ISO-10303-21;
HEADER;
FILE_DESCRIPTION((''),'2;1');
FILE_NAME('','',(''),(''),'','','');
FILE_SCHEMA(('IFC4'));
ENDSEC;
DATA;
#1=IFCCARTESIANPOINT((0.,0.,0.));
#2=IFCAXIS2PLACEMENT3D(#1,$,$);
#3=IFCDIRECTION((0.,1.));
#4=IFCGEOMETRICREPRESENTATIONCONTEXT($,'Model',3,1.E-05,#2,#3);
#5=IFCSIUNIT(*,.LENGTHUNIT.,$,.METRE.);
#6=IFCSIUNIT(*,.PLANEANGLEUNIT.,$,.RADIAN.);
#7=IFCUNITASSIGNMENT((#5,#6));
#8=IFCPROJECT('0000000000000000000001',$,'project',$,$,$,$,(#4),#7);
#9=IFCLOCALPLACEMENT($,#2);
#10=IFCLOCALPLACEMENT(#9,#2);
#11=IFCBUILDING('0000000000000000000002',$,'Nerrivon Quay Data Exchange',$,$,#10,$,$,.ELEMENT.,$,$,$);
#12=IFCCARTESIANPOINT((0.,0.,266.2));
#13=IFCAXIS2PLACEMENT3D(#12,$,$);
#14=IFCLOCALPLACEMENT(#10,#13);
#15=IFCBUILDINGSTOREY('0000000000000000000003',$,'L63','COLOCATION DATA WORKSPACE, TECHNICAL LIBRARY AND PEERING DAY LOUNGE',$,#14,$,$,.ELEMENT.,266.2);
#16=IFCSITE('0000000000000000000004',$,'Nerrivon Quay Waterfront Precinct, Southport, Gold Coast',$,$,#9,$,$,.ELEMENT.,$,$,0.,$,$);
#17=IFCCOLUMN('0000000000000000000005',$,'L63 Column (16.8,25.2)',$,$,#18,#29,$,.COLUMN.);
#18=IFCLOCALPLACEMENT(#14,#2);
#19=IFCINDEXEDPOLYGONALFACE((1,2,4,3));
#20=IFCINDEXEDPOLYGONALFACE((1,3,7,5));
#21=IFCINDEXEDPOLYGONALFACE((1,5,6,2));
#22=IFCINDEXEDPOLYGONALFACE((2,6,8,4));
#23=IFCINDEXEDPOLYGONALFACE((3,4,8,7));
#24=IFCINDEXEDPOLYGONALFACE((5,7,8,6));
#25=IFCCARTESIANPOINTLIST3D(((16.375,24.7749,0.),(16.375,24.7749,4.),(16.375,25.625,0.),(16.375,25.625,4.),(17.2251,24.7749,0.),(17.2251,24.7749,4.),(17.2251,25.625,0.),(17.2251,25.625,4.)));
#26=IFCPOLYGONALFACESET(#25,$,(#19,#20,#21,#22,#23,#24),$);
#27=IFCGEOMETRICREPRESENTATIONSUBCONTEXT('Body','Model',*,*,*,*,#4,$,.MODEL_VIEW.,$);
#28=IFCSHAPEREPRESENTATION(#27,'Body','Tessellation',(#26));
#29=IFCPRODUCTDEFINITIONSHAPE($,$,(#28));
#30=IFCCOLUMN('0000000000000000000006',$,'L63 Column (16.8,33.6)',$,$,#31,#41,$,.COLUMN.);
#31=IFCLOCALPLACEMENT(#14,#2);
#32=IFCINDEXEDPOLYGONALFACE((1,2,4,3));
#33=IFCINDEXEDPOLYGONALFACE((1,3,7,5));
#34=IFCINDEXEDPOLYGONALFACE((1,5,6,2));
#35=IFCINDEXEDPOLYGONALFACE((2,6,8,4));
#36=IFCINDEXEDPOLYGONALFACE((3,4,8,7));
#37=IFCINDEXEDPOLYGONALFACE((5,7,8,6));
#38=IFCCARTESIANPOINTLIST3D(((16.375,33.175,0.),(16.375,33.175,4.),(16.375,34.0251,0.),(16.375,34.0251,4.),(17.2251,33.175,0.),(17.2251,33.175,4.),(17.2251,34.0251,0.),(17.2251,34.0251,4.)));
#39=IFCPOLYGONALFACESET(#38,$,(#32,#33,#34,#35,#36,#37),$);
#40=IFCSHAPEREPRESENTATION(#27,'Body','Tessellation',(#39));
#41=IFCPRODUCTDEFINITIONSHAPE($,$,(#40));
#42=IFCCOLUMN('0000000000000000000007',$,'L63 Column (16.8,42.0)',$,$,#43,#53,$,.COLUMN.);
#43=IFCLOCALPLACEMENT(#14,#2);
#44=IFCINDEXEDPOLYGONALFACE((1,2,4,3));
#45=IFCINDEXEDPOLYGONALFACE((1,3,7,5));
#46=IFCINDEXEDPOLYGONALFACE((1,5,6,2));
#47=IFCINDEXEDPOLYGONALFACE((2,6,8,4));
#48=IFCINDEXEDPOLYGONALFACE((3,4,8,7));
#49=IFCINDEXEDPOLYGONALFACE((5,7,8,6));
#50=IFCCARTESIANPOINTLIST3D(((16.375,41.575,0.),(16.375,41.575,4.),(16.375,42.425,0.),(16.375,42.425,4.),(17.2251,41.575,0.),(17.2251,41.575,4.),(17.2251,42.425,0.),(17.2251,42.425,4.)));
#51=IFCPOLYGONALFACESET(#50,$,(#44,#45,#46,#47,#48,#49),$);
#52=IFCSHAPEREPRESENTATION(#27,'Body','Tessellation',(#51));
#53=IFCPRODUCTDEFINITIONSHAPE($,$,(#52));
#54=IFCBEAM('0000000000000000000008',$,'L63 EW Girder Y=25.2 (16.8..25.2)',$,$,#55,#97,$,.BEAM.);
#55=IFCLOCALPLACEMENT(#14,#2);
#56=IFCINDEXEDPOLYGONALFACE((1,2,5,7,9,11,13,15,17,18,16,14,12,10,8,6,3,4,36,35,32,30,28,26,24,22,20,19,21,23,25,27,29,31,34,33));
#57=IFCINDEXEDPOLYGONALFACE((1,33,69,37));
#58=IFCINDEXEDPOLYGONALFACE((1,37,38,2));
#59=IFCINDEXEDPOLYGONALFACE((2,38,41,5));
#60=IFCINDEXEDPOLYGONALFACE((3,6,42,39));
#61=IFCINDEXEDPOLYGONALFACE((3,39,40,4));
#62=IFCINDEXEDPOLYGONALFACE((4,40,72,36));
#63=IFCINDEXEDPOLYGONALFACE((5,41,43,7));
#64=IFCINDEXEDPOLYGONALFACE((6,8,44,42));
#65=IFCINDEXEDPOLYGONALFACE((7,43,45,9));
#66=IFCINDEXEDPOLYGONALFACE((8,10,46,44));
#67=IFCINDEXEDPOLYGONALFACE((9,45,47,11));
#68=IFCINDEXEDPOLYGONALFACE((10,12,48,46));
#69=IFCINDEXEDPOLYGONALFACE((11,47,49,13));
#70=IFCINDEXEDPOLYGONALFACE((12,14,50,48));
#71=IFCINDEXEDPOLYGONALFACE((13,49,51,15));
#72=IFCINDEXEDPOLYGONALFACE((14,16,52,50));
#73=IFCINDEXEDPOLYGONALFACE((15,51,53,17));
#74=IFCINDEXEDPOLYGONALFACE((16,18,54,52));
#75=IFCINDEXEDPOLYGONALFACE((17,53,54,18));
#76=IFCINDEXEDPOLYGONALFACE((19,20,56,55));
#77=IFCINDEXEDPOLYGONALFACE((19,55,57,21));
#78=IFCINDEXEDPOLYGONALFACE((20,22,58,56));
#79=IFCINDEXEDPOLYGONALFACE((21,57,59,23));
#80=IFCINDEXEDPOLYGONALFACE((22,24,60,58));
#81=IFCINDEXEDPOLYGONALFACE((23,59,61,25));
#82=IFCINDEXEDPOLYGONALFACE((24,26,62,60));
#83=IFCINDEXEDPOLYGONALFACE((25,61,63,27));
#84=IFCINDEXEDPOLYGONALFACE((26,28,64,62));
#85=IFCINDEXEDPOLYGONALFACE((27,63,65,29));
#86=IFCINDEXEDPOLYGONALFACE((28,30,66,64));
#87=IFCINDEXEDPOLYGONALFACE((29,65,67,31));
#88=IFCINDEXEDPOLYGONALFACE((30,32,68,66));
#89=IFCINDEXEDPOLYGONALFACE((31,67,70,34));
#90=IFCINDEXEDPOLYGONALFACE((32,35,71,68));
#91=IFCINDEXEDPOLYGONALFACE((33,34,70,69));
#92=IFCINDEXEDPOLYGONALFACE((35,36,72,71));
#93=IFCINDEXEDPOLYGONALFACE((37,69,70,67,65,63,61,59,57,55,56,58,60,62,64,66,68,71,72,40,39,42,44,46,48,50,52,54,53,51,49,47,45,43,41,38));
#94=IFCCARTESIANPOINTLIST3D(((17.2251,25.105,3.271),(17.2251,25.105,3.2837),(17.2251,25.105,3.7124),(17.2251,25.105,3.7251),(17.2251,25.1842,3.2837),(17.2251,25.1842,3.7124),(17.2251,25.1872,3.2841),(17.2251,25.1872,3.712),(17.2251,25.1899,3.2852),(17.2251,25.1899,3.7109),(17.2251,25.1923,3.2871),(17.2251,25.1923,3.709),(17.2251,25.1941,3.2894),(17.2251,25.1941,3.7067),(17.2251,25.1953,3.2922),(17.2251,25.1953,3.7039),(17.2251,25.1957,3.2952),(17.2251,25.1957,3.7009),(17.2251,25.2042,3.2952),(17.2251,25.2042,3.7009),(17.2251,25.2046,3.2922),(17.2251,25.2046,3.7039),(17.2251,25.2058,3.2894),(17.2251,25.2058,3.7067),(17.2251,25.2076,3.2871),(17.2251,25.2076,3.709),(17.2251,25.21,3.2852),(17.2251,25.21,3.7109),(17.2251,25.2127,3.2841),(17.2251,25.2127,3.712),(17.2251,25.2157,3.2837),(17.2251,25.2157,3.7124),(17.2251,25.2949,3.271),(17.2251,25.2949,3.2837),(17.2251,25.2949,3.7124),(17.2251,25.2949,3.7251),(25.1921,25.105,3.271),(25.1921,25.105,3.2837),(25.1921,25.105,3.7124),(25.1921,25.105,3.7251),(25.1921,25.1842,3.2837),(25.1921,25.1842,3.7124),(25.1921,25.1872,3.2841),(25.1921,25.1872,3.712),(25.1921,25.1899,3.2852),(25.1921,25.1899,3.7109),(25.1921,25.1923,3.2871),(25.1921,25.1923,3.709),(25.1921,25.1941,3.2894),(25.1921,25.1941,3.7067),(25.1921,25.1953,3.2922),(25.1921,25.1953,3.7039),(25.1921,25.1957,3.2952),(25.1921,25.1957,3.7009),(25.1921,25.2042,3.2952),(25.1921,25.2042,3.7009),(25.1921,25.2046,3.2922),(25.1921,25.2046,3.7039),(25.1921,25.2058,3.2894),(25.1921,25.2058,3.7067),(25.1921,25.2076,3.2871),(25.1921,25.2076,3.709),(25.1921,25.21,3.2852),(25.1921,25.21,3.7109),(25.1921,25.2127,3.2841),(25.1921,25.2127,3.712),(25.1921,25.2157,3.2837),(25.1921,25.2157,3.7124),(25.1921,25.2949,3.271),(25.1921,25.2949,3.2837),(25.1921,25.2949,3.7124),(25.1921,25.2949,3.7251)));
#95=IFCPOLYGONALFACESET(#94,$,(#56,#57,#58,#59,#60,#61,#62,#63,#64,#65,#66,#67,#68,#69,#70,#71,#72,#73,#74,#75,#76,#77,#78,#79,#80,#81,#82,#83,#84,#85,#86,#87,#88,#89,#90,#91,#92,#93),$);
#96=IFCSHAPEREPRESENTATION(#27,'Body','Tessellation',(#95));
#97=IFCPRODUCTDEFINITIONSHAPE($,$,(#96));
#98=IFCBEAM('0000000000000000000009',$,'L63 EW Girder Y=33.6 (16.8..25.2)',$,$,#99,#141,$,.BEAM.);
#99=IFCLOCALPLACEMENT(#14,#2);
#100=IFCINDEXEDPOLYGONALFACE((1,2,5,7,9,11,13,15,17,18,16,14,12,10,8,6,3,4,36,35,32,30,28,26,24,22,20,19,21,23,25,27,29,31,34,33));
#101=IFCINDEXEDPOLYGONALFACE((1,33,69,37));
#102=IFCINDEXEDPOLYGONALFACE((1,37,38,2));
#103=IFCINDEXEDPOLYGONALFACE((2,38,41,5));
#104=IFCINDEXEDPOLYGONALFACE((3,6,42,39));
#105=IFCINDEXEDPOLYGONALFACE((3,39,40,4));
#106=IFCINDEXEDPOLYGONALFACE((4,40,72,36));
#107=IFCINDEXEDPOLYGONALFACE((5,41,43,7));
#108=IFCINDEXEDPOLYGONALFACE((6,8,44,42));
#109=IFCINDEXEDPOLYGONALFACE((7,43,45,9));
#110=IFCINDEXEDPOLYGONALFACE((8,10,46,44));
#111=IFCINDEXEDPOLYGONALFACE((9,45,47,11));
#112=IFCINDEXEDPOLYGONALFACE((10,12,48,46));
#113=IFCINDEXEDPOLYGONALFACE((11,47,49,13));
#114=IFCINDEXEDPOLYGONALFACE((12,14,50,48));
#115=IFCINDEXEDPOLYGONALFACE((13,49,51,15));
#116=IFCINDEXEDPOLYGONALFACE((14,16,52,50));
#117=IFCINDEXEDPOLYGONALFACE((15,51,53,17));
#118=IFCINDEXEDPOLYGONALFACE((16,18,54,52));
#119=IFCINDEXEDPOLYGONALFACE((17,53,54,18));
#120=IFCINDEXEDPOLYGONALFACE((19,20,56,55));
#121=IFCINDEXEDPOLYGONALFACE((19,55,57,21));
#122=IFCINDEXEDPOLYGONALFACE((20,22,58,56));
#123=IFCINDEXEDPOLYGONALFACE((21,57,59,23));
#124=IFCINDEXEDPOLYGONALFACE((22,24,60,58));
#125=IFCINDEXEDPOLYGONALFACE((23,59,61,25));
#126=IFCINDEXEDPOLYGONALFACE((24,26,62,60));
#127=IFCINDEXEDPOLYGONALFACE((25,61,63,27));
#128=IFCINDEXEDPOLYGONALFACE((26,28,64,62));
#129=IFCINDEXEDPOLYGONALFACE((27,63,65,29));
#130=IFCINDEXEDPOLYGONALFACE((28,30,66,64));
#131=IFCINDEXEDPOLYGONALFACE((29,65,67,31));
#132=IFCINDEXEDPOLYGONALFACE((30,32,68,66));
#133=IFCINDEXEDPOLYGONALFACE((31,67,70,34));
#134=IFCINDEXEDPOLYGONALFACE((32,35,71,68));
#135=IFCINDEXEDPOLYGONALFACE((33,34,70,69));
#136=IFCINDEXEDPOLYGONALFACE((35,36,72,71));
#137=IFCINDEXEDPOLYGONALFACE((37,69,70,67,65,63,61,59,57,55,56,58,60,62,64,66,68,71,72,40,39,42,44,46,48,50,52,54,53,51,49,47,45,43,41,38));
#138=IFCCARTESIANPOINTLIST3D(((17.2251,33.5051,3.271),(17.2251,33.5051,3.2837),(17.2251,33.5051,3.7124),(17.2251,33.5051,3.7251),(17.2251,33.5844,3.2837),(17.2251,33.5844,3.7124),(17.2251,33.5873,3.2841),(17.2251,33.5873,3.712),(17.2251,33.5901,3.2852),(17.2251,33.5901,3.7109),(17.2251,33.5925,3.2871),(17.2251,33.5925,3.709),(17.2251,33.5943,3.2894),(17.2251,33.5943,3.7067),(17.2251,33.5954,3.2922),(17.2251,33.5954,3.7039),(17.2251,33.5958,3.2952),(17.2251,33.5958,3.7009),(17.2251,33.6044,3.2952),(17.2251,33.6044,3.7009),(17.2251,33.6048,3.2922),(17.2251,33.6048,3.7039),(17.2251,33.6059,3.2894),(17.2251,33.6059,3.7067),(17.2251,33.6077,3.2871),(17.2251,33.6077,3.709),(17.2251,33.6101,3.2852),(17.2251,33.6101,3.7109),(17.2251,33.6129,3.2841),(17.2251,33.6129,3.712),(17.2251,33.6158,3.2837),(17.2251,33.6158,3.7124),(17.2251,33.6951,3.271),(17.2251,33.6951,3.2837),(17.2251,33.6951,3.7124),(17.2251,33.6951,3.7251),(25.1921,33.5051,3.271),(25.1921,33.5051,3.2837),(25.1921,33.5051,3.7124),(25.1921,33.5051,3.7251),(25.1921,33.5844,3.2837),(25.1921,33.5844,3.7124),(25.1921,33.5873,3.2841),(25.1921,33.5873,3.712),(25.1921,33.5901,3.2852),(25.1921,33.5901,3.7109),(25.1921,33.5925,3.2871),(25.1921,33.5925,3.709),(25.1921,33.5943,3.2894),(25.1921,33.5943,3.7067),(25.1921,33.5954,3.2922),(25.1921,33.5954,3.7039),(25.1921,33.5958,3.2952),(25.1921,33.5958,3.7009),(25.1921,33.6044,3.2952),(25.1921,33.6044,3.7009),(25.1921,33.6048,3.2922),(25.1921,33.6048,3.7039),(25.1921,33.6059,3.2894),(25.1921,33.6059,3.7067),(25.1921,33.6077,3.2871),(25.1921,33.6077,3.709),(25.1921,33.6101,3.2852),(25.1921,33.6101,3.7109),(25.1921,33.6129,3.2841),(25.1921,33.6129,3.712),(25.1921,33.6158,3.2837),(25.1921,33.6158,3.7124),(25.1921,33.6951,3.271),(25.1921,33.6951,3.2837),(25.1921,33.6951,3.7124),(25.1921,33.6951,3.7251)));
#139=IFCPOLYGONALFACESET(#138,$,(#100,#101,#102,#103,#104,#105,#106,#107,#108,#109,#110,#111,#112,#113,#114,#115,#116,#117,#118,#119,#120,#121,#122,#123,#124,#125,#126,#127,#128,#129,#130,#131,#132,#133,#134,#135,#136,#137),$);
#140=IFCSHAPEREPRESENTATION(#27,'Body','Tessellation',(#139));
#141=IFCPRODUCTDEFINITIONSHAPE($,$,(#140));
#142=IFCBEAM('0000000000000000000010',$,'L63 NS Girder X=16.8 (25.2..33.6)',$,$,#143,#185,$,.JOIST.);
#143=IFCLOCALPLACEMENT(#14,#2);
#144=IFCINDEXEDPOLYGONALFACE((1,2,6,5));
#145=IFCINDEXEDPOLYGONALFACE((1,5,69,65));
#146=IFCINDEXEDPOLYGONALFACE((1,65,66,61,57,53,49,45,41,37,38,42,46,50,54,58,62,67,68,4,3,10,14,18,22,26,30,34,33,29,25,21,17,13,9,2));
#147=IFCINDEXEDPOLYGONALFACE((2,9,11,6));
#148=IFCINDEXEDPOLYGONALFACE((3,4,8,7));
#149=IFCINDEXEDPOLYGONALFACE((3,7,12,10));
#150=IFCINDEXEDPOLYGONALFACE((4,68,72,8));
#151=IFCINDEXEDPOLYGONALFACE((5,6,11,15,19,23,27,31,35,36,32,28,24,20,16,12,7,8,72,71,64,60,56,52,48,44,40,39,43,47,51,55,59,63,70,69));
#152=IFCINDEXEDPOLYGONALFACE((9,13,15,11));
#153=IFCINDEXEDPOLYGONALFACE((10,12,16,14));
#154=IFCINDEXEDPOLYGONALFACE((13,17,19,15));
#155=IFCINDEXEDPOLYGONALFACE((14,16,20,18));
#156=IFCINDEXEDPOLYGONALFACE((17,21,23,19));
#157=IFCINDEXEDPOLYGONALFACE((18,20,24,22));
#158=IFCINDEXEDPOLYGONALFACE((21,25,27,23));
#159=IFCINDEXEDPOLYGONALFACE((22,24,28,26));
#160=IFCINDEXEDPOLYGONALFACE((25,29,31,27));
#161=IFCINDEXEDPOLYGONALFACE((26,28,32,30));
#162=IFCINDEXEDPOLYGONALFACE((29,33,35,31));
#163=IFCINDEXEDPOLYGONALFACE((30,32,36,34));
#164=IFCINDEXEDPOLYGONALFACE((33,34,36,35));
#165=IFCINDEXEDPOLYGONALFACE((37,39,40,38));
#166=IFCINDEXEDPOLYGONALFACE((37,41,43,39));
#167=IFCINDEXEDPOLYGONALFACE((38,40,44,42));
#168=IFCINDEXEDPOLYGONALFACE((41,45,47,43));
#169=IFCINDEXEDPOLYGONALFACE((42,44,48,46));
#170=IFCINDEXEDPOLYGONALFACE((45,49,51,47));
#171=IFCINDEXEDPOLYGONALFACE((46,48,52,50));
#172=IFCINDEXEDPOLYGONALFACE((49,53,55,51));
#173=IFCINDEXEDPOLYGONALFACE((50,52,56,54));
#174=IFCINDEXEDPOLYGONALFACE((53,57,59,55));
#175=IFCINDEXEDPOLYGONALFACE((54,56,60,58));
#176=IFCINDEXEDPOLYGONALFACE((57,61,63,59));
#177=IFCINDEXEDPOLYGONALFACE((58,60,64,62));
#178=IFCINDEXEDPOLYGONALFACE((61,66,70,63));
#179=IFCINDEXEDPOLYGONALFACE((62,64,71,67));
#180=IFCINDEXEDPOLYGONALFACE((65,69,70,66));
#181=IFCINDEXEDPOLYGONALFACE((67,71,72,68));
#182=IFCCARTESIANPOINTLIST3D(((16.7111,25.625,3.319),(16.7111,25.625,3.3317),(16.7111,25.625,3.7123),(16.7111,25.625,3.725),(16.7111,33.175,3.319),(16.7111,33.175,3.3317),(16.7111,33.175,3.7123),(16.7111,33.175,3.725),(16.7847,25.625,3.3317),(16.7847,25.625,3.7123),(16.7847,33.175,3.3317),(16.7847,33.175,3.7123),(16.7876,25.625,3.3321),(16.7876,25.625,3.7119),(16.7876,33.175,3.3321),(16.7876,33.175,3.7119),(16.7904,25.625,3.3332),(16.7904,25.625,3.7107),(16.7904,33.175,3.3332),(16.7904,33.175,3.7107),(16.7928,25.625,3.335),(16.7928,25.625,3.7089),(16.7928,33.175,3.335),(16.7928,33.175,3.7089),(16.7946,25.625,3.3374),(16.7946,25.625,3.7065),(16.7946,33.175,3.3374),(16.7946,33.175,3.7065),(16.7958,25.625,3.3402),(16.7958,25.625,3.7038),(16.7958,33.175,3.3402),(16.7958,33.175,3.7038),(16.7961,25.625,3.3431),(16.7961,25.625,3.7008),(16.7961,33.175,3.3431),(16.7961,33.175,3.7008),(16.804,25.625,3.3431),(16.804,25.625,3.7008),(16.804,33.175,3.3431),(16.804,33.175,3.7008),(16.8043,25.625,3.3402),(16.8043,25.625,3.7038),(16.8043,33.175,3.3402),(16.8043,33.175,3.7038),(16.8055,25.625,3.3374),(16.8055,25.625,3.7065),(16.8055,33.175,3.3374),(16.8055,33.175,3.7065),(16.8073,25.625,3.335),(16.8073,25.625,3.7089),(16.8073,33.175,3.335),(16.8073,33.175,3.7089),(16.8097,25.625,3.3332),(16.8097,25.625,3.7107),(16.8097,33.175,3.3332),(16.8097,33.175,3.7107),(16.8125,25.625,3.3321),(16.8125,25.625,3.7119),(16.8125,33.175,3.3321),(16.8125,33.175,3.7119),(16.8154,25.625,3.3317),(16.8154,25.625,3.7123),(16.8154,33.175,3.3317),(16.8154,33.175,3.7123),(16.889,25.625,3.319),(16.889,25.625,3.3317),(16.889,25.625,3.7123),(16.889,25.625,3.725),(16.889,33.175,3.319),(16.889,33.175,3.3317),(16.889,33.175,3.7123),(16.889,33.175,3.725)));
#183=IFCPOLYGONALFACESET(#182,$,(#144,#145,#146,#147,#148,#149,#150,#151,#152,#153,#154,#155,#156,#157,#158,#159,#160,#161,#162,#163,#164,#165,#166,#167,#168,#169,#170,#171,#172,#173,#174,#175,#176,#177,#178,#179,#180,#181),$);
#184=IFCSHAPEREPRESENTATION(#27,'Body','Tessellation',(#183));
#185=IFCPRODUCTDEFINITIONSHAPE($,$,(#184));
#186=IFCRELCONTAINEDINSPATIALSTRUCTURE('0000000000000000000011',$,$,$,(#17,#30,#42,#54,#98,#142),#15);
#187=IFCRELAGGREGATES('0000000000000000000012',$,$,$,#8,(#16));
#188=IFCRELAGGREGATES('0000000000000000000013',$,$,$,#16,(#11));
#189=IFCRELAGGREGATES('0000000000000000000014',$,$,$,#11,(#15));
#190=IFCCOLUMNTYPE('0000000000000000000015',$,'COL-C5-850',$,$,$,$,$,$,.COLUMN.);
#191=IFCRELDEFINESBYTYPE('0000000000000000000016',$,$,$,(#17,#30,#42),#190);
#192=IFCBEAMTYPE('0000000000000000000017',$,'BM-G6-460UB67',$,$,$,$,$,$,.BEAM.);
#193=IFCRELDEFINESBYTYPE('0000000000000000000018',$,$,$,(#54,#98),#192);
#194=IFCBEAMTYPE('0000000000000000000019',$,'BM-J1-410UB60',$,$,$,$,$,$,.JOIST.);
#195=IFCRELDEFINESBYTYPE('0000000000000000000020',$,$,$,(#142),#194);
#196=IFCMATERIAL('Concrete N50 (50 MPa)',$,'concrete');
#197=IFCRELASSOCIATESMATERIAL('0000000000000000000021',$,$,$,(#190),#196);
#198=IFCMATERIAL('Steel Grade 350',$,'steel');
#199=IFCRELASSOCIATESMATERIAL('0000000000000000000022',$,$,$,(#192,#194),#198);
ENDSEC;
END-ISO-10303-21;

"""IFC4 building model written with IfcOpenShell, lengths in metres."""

from ifc_helpers import new_model, si_unit, direction, frame, origin, origin_2d, place, context, subcontext, project, spatial, rectangle, i_section, extrude, material, material_profile, profile_set, type_object, element, save


model = new_model("IFC4")

# Units and contexts
model_context = context("Model", 3, precision=1e-05, world=origin(), true_north=direction((0.0, 1.0)))
body_context = subcontext(model_context, "Body", "Model", "MODEL_VIEW")
ifc_project = project(units=[si_unit("LENGTHUNIT", "METRE"), si_unit("PLANEANGLEUNIT", "RADIAN")], contexts=[model_context])

# Site, building, storey
site_placement = place(None, origin())
site = spatial("IfcSite", under=ifc_project, at=site_placement, Name="Nerrivon Quay Waterfront Precinct, Southport, Gold Coast", CompositionType="ELEMENT", RefElevation=0.0)
building_placement = place(site_placement, origin())
building = spatial("IfcBuilding", under=site, at=building_placement, Name="Nerrivon Quay Data Exchange", CompositionType="ELEMENT")
storey_placement = place(building_placement, frame((0.0, 0.0, 266.2)))
storey = spatial("IfcBuildingStorey", under=building, at=storey_placement, Name="L63", Description="COLOCATION DATA WORKSPACE, TECHNICAL LIBRARY AND PEERING DAY LOUNGE", CompositionType="ELEMENT", Elevation=266.2)

# Columns
ifc_material_1 = material(Name="Concrete N50 (50 MPa)", Category="concrete")
ifc_material_profile_1 = material_profile(ifc_material_1, rectangle(XDim=0.8501, YDim=0.8501, at=origin_2d()), Name="RC-COL-850x850")
ifc_profile_set_1 = profile_set([ifc_material_profile_1], Name="Concrete N50 (50 MPa)")
column_type = type_object("IfcColumnType", Name="COL-C5-850", PredefinedType="COLUMN", material=ifc_profile_set_1)
for number, where, z_axis, x_axis, name in (
    (1, (16.8, 25.2, 0.0), (0.0, 0.0, 1.0), (1.0, 0.0, 0.0), "L63 Column (16.8,25.2)"),
    (2, (16.8, 33.6001, 0.0), (0.0, 0.0, 1.0), (1.0, 0.0, 0.0), "L63 Column (16.8,33.6)"),
    (3, (16.8, 42.0, 0.0), (0.0, 0.0, 1.0), (1.0, 0.0, 0.0), "L63 Column (16.8,42.0)"),
):
    element("IfcColumn", number, at=place(storey_placement, frame(where, z_axis=z_axis, x_axis=x_axis)), inside=storey, type_object=column_type, Name=name, PredefinedType="COLUMN", context=body_context, shape_type="SweptSolid", body=[
        extrude(rectangle(XDim=0.8501, YDim=0.8501, at=origin_2d()), origin(), (0.0, 0.0, 1.0), 4.0),
    ])

# Beams
ifc_material_2 = material(Name="Steel Grade 350", Category="steel")
ifc_material_profile_2 = material_profile(ifc_material_2, i_section(OverallWidth=0.1899, OverallDepth=0.4541, WebThickness=0.0085, FlangeThickness=0.0127, FilletRadius=0.0115, at=origin_2d()), Name="460UB67.1")
ifc_profile_set_2 = profile_set([ifc_material_profile_2], Name="Steel Grade 350")
beam_type_1 = type_object("IfcBeamType", Name="BM-G6-460UB67", PredefinedType="BEAM", material=ifc_profile_set_2)
for number, where, z_axis, x_axis, name in (
    (4, (17.2251, 25.2, 3.498), (1.0, 0.0, 0.0), (0.0, 1.0, 0.0), "L63 EW Girder Y=25.2 (16.8..25.2)"),
    (5, (17.2251, 33.6001, 3.498), (1.0, 0.0, 0.0), (0.0, 1.0, 0.0), "L63 EW Girder Y=33.6 (16.8..25.2)"),
):
    element("IfcBeam", number, at=place(storey_placement, frame(where, z_axis=z_axis, x_axis=x_axis)), inside=storey, type_object=beam_type_1, Name=name, PredefinedType="BEAM", context=body_context, shape_type="SweptSolid", body=[
        extrude(i_section(OverallWidth=0.1899, OverallDepth=0.4541, WebThickness=0.0085, FlangeThickness=0.0127, FilletRadius=0.0115, at=origin_2d()), origin(), (0.0, 0.0, 1.0), 7.967),
    ])
ifc_material_profile_3 = material_profile(ifc_material_2, i_section(OverallWidth=0.178, OverallDepth=0.406, WebThickness=0.0078, FlangeThickness=0.0127, FilletRadius=0.0115, at=origin_2d()), Name="410UB59.7")
ifc_profile_set_3 = profile_set([ifc_material_profile_3], Name="Steel Grade 350")
beam_type_2 = type_object("IfcBeamType", Name="BM-J1-410UB60", PredefinedType="JOIST", material=ifc_profile_set_3)
for number, where, z_axis, x_axis, name in (
    (6, (16.8, 25.625, 3.522), (0.0, 1.0, 0.0), (-1.0, 0.0, 0.0), "L63 NS Girder X=16.8 (25.2..33.6)"),
):
    element("IfcBeam", number, at=place(storey_placement, frame(where, z_axis=z_axis, x_axis=x_axis)), inside=storey, type_object=beam_type_2, Name=name, PredefinedType="JOIST", context=body_context, shape_type="SweptSolid", body=[
        extrude(i_section(OverallWidth=0.178, OverallDepth=0.406, WebThickness=0.0078, FlangeThickness=0.0127, FilletRadius=0.0115, at=origin_2d()), origin(), (0.0, 0.0, 1.0), 7.55),
    ])

save(model, "model.ifc")
